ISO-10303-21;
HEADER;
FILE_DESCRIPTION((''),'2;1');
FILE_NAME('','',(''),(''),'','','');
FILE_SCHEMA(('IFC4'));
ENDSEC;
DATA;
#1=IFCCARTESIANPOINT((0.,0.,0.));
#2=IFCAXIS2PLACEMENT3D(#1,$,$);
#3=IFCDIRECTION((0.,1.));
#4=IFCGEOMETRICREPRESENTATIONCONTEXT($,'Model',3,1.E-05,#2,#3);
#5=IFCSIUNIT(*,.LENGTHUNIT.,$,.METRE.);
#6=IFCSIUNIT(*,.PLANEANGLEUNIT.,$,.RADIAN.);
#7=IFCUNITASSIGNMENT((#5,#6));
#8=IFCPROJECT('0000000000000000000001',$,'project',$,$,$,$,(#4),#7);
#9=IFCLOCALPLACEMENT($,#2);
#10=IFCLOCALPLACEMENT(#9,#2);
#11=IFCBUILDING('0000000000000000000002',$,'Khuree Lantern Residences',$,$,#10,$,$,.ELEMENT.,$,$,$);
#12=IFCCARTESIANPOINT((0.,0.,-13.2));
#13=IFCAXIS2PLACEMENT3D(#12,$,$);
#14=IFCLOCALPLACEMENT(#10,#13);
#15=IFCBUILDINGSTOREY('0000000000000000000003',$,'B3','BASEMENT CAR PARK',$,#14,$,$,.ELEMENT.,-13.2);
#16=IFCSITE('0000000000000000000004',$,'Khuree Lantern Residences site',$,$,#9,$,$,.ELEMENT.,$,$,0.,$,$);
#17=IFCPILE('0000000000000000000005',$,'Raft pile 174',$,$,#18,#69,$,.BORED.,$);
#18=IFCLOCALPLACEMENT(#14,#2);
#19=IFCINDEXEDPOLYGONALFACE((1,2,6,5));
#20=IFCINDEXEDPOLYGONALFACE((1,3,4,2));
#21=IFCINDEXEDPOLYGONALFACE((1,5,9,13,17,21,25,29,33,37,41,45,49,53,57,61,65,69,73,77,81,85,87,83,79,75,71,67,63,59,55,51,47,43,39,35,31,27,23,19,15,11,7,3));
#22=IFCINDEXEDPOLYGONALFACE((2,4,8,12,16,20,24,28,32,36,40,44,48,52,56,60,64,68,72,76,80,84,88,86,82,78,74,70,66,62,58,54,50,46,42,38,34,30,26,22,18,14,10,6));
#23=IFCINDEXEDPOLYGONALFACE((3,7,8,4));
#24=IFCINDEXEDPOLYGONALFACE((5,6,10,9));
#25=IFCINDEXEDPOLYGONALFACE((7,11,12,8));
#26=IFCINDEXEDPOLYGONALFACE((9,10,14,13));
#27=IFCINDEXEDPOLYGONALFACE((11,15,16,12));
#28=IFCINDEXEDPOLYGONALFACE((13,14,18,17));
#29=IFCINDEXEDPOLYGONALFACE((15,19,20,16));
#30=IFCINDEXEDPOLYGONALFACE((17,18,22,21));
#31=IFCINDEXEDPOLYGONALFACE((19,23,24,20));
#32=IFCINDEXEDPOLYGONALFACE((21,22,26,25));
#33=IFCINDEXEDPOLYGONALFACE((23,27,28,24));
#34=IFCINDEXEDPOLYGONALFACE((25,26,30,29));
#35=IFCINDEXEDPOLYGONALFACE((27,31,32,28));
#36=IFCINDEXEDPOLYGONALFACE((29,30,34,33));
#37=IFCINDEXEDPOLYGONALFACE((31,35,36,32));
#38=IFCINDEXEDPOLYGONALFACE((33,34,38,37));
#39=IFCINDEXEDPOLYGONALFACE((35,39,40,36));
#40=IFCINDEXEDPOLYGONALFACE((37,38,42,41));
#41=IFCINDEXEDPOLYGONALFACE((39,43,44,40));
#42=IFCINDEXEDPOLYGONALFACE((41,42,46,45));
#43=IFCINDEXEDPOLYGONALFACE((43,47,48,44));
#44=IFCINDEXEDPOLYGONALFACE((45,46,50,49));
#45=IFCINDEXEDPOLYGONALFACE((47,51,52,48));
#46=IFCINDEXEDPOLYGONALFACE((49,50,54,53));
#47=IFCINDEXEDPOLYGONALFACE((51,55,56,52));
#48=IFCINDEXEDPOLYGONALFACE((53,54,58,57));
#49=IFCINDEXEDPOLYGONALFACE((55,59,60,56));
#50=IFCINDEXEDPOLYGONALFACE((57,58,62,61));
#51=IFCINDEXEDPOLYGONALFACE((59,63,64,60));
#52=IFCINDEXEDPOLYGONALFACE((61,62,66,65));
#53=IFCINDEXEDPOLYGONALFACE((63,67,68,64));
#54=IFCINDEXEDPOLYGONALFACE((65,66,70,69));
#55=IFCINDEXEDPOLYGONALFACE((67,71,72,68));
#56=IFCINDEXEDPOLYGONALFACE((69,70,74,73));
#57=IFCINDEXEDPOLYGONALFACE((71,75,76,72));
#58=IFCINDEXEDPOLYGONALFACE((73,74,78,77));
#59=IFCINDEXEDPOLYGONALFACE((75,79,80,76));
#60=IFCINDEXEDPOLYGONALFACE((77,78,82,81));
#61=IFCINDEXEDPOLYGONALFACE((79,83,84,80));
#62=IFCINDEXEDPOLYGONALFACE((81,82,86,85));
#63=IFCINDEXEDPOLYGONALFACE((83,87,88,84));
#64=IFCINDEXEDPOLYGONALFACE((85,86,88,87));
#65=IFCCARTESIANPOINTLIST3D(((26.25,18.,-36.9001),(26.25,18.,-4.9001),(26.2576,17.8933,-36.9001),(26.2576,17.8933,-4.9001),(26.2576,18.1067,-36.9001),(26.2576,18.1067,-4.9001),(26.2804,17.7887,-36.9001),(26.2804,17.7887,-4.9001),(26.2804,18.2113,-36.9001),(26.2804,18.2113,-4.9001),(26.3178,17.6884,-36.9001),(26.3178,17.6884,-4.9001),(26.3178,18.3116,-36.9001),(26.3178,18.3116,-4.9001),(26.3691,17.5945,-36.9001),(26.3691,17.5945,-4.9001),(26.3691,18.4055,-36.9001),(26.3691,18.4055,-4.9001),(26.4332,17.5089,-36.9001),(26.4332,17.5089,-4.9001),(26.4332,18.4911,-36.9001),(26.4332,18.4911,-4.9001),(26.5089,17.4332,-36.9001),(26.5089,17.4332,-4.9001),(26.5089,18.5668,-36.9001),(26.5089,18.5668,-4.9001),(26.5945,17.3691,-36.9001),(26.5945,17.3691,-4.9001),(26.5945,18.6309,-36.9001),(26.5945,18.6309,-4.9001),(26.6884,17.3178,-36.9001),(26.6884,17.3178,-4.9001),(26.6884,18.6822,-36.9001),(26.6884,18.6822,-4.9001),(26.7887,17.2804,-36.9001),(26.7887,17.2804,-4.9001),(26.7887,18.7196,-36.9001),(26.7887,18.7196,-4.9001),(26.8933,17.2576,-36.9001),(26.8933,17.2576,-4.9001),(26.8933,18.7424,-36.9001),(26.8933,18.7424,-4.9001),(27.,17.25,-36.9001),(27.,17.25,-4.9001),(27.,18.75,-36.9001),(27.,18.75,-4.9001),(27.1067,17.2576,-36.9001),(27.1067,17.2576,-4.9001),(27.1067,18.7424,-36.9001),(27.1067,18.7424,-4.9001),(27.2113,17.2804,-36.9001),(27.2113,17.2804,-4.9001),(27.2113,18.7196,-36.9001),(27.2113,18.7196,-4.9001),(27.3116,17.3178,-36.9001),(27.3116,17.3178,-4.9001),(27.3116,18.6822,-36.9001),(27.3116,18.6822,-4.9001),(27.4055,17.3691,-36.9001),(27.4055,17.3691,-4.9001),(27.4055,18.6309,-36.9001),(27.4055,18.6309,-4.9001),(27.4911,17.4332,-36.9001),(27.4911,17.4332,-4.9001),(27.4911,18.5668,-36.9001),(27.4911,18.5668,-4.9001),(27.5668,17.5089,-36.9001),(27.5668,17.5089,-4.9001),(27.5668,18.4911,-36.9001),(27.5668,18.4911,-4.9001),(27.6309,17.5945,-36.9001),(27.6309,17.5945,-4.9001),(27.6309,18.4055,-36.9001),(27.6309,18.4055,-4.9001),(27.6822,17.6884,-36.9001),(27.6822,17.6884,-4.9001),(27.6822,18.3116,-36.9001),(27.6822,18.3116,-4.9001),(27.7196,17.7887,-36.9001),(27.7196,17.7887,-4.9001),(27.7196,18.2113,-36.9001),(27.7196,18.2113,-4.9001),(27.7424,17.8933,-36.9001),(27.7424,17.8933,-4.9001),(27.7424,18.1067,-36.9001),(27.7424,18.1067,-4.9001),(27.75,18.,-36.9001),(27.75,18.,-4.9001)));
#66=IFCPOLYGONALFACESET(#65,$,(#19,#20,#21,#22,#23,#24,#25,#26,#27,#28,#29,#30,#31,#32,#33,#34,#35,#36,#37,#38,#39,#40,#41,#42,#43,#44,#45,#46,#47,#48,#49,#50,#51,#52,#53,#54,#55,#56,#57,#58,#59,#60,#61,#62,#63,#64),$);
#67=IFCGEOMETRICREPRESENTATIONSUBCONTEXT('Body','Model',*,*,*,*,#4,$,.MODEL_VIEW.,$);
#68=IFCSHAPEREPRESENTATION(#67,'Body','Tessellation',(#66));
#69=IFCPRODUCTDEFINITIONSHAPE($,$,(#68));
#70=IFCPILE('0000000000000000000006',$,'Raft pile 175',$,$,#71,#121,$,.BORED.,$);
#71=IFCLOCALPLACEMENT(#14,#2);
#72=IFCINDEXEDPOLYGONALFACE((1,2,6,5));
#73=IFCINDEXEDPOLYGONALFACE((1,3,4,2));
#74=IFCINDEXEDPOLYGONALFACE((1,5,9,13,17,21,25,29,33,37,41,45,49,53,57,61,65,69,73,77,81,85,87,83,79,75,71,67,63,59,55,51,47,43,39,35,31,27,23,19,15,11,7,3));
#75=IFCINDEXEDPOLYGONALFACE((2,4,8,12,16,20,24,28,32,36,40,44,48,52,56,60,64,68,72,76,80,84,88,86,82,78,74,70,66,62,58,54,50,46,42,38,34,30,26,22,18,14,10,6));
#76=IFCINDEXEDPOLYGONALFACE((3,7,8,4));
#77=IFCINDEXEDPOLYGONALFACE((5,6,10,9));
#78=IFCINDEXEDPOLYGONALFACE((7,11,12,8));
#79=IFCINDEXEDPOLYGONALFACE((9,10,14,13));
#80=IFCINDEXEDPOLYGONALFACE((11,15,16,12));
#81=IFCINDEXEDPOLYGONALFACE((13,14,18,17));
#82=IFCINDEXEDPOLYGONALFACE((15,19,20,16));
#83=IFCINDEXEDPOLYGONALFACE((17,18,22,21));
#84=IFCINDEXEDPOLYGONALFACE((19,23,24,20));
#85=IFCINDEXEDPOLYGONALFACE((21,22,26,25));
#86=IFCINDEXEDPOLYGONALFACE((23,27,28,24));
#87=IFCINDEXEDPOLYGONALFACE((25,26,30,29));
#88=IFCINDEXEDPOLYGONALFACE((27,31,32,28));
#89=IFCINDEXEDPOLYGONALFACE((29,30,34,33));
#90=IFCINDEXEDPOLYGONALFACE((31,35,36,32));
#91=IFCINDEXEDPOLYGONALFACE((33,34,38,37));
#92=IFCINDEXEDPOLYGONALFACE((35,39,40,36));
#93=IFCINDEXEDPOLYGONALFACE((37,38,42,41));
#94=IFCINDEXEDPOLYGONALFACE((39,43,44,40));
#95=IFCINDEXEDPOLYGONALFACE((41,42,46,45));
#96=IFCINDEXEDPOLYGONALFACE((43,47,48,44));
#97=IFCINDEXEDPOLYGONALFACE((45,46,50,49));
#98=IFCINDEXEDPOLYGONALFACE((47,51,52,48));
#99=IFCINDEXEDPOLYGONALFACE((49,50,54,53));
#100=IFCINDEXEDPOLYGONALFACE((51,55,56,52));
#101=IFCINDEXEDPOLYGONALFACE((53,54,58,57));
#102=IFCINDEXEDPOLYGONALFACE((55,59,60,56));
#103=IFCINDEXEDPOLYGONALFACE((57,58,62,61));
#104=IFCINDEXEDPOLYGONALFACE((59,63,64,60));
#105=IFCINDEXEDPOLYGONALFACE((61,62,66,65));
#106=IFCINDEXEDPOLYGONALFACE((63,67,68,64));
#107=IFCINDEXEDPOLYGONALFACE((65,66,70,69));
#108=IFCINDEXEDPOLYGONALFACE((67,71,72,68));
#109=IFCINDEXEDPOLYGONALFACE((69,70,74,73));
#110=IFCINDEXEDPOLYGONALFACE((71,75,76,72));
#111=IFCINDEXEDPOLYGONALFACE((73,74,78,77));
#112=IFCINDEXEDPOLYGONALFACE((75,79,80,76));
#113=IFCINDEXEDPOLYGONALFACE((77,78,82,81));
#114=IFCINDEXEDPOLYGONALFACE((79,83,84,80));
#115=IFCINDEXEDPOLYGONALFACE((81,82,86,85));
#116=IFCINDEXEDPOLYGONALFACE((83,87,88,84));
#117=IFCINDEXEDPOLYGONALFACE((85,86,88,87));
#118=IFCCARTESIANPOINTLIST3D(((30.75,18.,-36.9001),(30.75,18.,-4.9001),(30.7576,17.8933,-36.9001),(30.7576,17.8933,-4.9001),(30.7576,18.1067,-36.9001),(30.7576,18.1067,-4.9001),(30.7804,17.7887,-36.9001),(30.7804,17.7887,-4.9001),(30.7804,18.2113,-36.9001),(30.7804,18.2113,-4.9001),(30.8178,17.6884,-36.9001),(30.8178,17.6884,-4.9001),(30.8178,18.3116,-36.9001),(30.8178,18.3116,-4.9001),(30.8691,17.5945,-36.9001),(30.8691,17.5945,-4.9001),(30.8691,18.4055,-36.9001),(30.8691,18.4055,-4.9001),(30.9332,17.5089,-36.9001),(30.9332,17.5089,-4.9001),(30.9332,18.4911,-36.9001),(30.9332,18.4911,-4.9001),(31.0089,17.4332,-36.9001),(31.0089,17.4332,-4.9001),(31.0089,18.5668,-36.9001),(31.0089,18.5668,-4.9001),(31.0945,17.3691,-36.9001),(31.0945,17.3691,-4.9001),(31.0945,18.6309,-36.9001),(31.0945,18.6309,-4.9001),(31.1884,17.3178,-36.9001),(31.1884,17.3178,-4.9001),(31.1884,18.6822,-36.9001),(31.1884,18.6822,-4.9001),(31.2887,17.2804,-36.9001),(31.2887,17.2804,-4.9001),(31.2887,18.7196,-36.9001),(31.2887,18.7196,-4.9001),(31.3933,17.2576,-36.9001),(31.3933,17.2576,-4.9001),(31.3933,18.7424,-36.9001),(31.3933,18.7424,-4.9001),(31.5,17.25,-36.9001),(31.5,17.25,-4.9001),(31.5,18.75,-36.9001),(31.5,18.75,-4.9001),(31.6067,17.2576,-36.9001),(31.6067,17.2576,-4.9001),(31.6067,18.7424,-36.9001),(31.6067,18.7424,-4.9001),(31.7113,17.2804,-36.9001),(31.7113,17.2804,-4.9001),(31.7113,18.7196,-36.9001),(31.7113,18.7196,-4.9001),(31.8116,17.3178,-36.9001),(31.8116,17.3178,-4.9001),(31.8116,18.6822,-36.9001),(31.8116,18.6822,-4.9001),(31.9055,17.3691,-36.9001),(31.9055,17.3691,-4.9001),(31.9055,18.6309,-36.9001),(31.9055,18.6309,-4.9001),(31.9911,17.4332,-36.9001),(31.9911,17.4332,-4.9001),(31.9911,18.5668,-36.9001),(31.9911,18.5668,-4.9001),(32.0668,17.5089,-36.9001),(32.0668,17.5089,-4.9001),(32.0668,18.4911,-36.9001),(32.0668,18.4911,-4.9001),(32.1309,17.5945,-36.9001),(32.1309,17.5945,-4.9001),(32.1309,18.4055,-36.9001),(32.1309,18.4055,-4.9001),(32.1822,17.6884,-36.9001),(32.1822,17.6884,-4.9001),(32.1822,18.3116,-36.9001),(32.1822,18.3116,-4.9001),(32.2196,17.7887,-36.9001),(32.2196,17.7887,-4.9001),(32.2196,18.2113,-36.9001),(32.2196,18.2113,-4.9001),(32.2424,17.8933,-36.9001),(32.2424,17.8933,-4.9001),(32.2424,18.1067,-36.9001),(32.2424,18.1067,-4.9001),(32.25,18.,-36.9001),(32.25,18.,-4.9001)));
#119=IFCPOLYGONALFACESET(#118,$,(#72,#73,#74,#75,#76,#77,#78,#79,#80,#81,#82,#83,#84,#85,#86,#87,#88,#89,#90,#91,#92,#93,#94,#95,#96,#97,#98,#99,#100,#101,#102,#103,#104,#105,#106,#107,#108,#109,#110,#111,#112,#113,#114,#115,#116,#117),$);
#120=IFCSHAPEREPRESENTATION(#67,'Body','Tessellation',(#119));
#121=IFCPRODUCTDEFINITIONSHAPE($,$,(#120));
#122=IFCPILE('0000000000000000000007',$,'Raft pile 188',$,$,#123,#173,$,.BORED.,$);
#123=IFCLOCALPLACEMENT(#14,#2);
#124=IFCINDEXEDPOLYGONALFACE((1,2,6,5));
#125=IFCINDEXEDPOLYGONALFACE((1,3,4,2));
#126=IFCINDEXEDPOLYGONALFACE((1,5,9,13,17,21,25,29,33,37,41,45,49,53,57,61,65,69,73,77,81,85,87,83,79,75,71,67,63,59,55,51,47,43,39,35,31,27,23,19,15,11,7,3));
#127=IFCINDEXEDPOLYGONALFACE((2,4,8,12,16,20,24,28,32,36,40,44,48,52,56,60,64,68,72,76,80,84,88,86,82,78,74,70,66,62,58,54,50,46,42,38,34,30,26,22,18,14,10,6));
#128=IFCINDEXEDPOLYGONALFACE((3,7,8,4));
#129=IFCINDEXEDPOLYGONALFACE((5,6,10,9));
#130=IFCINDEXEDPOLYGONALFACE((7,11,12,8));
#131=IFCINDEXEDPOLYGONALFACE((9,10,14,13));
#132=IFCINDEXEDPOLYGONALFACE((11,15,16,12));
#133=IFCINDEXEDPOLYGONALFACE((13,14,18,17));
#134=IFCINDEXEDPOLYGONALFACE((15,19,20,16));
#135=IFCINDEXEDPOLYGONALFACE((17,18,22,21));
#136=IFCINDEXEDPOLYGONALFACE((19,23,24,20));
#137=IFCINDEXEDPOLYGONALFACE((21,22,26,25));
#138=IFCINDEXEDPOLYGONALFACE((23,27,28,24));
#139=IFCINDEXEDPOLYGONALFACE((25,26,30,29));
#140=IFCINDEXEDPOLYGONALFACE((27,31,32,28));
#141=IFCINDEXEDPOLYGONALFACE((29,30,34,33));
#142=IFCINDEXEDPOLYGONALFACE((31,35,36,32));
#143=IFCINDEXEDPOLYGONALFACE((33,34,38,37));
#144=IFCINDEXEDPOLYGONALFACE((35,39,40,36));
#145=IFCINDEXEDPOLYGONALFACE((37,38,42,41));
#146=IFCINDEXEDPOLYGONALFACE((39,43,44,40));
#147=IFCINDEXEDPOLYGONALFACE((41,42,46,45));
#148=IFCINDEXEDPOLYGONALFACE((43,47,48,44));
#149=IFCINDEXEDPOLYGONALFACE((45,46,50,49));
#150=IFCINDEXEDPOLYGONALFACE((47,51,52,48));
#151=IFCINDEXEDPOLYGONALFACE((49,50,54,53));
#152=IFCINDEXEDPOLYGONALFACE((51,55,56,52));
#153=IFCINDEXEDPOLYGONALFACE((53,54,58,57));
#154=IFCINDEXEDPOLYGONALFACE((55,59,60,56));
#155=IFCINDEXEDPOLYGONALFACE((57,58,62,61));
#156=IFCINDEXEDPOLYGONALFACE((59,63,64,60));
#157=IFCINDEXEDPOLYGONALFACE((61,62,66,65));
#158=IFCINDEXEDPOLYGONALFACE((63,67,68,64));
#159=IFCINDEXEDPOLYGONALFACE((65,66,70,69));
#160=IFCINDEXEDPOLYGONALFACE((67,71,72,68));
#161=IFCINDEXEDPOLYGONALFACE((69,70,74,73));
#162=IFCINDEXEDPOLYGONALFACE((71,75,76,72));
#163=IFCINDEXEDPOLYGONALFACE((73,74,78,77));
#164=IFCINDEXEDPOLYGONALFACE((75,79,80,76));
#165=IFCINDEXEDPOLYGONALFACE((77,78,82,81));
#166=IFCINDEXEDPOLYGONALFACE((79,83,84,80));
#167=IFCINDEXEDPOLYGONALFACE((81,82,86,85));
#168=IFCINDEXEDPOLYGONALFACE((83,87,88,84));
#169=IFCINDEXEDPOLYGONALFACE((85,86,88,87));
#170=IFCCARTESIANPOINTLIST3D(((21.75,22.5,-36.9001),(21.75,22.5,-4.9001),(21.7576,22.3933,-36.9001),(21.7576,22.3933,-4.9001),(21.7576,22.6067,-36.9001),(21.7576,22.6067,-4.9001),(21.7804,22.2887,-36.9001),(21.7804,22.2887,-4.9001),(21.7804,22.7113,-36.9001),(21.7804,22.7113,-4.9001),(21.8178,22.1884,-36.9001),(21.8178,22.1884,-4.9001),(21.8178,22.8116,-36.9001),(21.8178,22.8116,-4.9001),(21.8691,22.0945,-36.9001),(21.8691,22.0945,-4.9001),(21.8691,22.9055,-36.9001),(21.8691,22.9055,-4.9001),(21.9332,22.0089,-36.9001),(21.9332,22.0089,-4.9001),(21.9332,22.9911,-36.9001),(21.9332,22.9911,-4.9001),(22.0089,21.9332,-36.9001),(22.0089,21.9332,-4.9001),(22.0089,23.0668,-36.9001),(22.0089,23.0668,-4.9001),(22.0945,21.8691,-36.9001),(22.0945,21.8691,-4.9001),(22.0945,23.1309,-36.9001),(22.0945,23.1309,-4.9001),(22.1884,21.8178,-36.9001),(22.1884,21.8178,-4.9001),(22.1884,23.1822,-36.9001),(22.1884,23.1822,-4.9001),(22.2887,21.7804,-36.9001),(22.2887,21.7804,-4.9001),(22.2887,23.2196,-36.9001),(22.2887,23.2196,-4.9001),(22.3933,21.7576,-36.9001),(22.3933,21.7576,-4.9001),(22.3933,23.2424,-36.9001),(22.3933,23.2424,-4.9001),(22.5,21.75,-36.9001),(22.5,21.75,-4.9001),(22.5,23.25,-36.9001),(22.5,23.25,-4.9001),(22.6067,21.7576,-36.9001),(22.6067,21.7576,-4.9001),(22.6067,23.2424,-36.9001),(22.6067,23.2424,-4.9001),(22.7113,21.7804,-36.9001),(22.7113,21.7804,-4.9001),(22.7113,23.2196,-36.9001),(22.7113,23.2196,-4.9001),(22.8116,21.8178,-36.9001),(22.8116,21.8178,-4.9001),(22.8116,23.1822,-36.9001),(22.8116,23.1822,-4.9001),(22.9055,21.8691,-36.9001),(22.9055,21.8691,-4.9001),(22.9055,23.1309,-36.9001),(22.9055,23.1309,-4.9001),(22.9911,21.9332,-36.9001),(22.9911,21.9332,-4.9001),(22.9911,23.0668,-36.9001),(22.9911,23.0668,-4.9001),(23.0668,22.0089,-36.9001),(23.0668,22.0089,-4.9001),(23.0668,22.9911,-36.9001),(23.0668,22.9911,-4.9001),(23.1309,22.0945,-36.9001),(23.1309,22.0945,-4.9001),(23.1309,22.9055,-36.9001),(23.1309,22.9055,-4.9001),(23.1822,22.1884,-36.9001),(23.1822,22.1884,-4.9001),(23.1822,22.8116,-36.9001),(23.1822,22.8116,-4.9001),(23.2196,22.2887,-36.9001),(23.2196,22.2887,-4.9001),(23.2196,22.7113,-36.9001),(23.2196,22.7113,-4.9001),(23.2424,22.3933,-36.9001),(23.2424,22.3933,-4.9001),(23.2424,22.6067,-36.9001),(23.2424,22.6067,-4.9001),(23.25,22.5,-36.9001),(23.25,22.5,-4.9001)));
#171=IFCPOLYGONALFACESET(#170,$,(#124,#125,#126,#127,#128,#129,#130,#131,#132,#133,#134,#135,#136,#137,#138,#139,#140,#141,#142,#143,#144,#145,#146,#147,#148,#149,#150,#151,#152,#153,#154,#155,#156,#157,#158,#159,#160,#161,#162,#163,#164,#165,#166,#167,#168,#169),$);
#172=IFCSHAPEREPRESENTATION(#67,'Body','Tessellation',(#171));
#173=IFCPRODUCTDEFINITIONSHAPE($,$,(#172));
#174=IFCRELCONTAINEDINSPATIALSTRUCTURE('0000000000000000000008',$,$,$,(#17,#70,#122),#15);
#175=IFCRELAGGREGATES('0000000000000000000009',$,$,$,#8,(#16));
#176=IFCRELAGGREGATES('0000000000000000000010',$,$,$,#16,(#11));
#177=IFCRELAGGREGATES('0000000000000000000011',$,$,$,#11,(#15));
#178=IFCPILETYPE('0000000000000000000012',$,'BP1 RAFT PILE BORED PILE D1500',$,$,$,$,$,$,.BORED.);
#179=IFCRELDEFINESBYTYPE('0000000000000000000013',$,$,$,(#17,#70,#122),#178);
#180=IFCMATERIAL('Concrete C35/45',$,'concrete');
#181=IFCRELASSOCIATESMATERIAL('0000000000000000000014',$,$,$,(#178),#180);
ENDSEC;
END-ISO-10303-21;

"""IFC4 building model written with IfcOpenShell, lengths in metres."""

from ifc_helpers import new_model, si_unit, direction, frame, origin, origin_2d, place, context, subcontext, project, spatial, circle, extrude, material, material_profile, profile_set, type_object, element, save


model = new_model("IFC4")

# Units and contexts
model_context = context("Model", 3, precision=1e-05, world=origin(), true_north=direction((0.0, 1.0)))
body_context = subcontext(model_context, "Body", "Model", "MODEL_VIEW")
ifc_project = project(units=[si_unit("LENGTHUNIT", "METRE"), si_unit("PLANEANGLEUNIT", "RADIAN")], contexts=[model_context])

# Site, building, storey
site_placement = place(None, origin())
site = spatial("IfcSite", under=ifc_project, at=site_placement, Name="Khuree Lantern Residences site", CompositionType="ELEMENT", RefElevation=0.0)
building_placement = place(site_placement, origin())
building = spatial("IfcBuilding", under=site, at=building_placement, Name="Khuree Lantern Residences", CompositionType="ELEMENT")
storey_placement = place(building_placement, frame((0.0, 0.0, -13.2)))
storey = spatial("IfcBuildingStorey", under=building, at=storey_placement, Name="B3", Description="BASEMENT CAR PARK", CompositionType="ELEMENT", Elevation=-13.2)

# Piles
ifc_material_1 = material(Name="Concrete C35/45", Category="concrete")
ifc_material_profile_1 = material_profile(ifc_material_1, circle(Radius=0.75, at=origin_2d()), Name="BORED PILE D1500")
ifc_profile_set_1 = profile_set([ifc_material_profile_1], Name="Concrete C35/45")
pile_type_1 = type_object("IfcPileType", Name="BP1 RAFT PILE BORED PILE D1500", PredefinedType="BORED", material=ifc_profile_set_1)
for number, where, z_axis, x_axis, name in (
    (1, (27.0, 18.0, -4.9001), (0.0, 0.0, -1.0), (1.0, 0.0, 0.0), "Raft pile 174"),
    (2, (31.5, 18.0, -4.9001), (0.0, 0.0, -1.0), (1.0, 0.0, 0.0), "Raft pile 175"),
    (3, (22.5, 22.5, -4.9001), (0.0, 0.0, -1.0), (1.0, 0.0, 0.0), "Raft pile 188"),
):
    element("IfcPile", number, at=place(storey_placement, frame(where, z_axis=z_axis, x_axis=x_axis)), inside=storey, type_object=pile_type_1, Name=name, PredefinedType="BORED", context=body_context, shape_type="SweptSolid", body=[
        extrude(circle(Radius=0.75, at=origin_2d()), origin(), (0.0, 0.0, 1.0), 32.0),
    ])

save(model, "model.ifc")
